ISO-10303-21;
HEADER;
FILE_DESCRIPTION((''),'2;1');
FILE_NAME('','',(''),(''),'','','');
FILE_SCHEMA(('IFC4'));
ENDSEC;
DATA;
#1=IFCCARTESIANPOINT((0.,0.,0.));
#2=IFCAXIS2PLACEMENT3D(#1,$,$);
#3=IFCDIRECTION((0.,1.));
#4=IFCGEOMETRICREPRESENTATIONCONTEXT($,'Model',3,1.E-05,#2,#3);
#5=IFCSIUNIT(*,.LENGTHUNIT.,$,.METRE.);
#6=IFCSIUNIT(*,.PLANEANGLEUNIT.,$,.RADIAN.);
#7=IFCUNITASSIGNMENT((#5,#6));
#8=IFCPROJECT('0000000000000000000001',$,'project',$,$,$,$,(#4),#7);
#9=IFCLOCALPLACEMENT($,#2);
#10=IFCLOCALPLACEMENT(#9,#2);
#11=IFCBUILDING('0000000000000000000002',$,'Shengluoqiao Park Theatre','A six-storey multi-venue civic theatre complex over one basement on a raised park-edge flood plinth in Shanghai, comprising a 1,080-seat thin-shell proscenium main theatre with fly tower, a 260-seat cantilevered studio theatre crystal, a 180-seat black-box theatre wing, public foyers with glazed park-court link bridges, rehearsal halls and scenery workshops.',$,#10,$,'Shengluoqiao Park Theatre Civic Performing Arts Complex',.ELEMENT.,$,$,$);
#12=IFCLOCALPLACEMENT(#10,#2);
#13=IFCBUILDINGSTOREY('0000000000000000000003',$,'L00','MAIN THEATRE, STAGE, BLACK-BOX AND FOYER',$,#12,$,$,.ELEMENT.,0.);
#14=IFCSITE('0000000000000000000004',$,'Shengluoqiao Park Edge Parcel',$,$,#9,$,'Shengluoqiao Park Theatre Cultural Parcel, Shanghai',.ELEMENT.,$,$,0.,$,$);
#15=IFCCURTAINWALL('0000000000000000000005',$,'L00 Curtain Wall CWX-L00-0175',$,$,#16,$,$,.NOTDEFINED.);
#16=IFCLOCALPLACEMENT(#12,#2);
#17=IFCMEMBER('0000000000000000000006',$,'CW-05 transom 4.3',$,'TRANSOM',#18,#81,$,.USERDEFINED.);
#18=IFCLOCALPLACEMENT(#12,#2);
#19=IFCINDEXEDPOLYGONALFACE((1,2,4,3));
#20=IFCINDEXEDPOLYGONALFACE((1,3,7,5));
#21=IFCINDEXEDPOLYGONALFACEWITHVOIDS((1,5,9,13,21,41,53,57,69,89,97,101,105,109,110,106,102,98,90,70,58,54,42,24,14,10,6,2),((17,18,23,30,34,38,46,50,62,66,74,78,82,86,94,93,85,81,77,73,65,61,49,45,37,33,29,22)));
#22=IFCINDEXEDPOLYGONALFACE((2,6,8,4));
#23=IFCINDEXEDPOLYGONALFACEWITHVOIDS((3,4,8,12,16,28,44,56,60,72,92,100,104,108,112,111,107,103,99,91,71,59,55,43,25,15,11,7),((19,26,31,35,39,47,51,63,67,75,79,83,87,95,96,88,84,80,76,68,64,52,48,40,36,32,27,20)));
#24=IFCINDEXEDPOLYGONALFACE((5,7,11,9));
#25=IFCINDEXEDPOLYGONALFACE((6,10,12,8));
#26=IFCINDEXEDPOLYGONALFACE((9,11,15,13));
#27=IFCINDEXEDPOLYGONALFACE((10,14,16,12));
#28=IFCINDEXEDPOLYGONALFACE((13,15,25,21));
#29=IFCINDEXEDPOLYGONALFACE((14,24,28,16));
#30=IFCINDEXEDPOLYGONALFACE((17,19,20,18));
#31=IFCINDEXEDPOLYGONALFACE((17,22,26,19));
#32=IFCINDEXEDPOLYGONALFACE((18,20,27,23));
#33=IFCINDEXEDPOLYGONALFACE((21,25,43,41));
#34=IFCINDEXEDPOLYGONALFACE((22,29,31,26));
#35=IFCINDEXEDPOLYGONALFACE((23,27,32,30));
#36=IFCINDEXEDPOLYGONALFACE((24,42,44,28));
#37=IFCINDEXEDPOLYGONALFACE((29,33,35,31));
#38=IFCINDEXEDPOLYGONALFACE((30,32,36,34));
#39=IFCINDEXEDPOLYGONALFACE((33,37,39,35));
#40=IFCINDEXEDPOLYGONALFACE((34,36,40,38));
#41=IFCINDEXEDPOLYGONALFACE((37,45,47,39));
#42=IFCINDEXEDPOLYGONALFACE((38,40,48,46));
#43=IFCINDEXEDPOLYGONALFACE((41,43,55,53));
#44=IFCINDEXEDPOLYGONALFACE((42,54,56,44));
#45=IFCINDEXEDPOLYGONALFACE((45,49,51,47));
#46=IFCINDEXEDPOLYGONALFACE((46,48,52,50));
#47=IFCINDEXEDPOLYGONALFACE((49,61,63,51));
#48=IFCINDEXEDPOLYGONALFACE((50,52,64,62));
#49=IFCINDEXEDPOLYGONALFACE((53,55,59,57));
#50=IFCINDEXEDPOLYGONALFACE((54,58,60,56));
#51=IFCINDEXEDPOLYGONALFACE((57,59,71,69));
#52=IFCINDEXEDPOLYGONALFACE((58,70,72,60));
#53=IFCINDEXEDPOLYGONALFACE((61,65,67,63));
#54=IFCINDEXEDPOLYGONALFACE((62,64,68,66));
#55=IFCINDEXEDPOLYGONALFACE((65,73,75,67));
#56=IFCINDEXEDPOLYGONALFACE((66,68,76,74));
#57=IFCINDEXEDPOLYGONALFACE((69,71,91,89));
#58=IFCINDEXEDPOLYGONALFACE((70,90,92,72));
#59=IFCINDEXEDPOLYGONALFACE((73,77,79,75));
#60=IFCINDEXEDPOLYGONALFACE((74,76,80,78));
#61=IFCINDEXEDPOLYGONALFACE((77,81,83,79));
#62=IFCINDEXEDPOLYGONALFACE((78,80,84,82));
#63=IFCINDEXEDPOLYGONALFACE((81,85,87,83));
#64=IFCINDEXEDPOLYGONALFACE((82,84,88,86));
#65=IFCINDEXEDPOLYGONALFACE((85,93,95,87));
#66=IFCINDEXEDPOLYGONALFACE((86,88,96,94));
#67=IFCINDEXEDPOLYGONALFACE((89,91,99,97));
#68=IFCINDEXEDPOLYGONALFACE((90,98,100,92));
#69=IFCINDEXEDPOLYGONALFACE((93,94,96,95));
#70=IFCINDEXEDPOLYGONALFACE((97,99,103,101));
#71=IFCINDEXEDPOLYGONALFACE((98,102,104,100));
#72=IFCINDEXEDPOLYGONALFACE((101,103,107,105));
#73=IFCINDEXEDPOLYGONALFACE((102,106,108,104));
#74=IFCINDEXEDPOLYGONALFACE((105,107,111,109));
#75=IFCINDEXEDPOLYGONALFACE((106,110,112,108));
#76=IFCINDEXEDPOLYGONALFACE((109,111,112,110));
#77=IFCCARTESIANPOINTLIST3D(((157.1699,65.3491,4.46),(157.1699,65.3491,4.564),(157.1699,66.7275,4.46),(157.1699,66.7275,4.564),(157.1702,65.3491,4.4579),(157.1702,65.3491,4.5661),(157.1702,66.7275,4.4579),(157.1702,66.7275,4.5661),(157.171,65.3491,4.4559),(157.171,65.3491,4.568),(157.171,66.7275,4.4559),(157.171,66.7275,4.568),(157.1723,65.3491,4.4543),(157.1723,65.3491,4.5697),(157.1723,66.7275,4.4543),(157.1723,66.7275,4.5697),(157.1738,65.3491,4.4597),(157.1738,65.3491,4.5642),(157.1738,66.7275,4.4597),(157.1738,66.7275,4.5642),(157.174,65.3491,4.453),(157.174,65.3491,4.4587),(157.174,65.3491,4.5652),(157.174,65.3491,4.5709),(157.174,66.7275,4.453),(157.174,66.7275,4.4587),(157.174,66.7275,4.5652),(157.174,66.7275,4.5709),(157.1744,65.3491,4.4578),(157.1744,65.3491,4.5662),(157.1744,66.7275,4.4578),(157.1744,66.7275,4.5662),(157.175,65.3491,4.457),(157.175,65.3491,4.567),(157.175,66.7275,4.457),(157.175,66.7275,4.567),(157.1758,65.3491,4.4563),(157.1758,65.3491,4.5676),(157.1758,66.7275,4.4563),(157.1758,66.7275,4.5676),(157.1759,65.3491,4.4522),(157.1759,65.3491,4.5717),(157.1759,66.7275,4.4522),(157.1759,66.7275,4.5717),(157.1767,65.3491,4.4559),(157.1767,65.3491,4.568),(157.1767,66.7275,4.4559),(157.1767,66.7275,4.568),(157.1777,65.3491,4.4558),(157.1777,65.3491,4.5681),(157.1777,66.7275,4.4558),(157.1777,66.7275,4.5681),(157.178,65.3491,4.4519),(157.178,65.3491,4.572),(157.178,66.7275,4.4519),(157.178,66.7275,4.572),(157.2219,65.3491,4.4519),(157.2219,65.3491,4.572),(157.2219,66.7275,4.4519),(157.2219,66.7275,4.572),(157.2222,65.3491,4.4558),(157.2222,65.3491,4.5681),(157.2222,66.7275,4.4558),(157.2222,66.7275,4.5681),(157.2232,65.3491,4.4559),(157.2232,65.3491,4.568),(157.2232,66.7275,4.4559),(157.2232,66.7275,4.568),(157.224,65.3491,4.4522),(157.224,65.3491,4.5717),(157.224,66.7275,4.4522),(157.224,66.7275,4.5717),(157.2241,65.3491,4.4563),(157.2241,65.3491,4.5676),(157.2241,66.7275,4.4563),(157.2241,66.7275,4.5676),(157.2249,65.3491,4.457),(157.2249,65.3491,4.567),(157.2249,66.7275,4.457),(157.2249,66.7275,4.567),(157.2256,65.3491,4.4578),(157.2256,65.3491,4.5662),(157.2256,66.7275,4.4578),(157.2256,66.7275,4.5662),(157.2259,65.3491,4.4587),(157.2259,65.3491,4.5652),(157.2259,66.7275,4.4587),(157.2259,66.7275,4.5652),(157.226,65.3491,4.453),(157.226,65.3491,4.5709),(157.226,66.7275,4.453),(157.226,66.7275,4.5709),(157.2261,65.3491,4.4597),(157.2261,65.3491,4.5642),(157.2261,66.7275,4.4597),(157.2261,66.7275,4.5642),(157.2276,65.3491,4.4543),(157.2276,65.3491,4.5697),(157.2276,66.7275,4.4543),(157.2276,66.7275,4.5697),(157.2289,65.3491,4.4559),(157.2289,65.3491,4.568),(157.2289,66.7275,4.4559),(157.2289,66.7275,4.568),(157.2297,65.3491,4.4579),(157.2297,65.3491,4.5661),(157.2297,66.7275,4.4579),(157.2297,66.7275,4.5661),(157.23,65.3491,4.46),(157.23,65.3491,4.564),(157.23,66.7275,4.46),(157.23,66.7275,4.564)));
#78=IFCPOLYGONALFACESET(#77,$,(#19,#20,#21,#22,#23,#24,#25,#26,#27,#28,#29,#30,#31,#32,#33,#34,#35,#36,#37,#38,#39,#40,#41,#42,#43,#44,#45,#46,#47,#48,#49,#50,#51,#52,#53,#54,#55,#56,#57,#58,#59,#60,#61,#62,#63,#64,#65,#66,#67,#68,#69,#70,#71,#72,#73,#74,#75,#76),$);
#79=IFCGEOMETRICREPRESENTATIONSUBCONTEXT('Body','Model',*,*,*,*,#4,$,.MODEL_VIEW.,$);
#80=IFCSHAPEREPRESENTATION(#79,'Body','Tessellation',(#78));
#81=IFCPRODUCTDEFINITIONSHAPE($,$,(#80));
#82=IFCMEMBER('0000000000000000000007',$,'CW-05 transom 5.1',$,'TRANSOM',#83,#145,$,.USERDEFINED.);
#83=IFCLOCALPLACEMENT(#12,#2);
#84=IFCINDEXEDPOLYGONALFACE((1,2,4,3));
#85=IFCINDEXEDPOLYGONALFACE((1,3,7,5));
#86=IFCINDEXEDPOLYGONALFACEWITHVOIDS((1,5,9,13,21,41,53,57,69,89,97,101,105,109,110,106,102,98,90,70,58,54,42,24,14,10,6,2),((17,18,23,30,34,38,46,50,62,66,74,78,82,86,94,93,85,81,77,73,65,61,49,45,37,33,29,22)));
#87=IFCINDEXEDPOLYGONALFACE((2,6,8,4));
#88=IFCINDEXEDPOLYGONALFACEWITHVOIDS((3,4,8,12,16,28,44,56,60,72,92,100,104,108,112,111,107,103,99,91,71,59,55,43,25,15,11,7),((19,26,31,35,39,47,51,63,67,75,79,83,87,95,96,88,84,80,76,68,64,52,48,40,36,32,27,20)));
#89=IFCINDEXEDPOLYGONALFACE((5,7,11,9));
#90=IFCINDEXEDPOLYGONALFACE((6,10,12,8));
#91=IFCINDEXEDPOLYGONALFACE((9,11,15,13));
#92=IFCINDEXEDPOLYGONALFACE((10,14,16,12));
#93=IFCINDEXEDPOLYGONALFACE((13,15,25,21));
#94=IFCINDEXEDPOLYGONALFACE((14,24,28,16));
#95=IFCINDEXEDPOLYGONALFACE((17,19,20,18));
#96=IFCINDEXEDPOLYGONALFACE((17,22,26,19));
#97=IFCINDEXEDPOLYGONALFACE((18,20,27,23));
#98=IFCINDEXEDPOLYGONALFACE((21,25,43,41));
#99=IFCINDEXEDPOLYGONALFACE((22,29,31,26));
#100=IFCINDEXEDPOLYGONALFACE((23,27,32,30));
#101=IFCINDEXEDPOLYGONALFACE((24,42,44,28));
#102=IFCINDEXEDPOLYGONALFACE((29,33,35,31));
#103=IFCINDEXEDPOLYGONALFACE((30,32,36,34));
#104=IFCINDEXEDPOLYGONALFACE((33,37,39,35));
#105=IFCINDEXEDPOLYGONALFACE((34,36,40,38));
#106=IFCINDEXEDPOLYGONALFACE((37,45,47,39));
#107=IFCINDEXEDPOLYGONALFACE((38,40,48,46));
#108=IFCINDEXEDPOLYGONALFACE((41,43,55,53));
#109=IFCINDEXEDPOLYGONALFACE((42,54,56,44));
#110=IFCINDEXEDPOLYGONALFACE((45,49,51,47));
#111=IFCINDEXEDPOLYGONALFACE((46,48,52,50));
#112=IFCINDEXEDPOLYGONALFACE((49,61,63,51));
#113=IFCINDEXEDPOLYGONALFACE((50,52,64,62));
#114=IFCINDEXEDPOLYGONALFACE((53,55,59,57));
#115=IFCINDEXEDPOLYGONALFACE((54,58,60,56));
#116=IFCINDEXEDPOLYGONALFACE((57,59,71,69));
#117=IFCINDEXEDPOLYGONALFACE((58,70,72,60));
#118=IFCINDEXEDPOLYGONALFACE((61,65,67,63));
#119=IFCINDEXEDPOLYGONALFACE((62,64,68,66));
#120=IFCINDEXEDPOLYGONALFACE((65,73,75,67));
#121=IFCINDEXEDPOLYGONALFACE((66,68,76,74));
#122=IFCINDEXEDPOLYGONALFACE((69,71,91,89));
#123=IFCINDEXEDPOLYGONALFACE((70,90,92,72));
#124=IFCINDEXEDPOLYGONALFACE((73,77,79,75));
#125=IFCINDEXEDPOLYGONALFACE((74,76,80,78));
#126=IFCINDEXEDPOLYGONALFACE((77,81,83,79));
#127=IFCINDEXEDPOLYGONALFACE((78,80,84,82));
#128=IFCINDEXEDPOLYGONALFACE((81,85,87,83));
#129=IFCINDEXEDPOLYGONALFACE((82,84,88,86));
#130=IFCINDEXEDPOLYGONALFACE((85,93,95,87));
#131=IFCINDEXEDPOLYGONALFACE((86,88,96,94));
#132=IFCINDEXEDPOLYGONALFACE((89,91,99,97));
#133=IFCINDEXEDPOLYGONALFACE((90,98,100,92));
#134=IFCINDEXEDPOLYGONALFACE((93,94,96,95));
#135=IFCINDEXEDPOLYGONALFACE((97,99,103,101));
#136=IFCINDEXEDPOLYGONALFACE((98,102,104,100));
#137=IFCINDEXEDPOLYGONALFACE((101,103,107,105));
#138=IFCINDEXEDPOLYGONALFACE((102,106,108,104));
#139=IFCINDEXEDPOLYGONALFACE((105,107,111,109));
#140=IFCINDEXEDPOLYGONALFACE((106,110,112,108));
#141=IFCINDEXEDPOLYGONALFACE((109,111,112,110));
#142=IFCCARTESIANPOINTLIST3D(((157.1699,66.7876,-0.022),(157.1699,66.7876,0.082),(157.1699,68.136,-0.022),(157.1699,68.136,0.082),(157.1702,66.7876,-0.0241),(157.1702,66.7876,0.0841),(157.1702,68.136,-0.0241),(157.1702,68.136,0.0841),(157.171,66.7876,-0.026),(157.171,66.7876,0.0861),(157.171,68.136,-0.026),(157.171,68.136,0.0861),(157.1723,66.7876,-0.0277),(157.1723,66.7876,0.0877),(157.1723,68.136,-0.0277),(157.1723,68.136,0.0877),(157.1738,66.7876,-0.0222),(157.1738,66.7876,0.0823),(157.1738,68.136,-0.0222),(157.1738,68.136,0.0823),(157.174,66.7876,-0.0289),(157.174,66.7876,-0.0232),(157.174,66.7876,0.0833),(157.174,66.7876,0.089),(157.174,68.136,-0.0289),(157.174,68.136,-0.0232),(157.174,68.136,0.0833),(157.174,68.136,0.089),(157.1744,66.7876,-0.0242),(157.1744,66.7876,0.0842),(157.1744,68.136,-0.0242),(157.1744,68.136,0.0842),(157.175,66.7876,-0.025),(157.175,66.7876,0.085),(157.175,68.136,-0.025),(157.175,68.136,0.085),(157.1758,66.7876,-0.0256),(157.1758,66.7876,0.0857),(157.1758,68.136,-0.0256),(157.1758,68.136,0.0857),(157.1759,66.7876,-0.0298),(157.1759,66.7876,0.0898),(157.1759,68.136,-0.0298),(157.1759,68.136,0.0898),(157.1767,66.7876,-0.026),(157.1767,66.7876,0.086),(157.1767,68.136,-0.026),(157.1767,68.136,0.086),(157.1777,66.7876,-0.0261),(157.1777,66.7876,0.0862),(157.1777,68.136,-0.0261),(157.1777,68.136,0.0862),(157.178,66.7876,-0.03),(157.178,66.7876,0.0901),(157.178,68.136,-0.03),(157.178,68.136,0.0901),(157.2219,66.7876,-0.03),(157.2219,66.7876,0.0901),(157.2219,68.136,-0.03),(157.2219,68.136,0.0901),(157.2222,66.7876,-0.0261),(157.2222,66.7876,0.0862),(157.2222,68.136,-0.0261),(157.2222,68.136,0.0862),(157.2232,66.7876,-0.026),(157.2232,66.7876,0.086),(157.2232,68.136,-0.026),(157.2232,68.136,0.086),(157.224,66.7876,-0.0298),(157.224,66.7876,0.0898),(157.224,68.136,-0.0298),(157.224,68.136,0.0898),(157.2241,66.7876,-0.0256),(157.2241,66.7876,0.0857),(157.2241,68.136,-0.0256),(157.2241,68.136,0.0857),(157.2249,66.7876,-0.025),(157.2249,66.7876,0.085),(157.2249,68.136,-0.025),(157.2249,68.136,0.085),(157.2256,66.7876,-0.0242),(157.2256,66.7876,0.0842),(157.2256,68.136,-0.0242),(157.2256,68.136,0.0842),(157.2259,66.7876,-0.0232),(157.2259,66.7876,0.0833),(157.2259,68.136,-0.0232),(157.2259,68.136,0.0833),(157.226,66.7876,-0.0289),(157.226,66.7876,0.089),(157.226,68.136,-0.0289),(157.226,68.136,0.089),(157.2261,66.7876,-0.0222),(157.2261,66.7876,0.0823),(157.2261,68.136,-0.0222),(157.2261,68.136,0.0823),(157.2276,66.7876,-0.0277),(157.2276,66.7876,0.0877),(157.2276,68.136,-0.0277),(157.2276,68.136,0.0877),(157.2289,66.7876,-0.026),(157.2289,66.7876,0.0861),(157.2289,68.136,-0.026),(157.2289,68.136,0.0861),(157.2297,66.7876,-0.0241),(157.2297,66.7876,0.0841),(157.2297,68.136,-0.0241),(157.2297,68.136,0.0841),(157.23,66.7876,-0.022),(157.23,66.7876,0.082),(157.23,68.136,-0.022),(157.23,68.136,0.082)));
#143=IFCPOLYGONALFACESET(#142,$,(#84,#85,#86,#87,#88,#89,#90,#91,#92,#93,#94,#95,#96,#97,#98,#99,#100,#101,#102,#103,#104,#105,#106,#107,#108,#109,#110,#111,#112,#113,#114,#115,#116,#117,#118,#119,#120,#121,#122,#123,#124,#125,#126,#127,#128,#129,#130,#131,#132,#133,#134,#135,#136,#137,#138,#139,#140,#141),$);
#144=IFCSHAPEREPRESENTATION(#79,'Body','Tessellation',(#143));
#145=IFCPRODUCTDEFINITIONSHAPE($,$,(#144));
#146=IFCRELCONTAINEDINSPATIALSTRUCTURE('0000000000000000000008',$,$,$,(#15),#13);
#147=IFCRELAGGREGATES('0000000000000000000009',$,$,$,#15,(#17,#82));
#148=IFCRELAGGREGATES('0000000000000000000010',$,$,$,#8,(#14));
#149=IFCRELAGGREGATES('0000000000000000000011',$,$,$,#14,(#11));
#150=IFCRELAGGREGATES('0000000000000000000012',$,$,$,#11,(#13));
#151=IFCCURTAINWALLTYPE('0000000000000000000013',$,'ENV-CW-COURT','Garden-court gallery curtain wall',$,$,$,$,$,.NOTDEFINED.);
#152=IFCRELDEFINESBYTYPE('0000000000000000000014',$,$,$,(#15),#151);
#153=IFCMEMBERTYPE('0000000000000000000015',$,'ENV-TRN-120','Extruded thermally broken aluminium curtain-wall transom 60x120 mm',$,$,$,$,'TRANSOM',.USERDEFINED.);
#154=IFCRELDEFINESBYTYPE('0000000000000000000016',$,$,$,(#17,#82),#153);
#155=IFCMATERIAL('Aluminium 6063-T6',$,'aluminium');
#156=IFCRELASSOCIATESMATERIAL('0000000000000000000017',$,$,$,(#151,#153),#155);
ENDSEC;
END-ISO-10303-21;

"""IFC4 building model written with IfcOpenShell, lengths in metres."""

from ifc_helpers import new_model, si_unit, direction, frame, origin, origin_2d, place, context, subcontext, project, spatial, hollow_rectangle, extrude, material, material_profile, profile_set, type_object, element, aggregate, save


model = new_model("IFC4")

# Units and contexts
model_context = context("Model", 3, precision=1e-05, world=origin(), true_north=direction((0.0, 1.0)))
body_context = subcontext(model_context, "Body", "Model", "MODEL_VIEW")
ifc_project = project(units=[si_unit("LENGTHUNIT", "METRE"), si_unit("PLANEANGLEUNIT", "RADIAN")], contexts=[model_context])

# Site, building, storey
site_placement = place(None, origin())
site = spatial("IfcSite", under=ifc_project, at=site_placement, Name="Shengluoqiao Park Edge Parcel", LongName="Shengluoqiao Park Theatre Cultural Parcel, Shanghai", CompositionType="ELEMENT", RefElevation=0.0)
building_placement = place(site_placement, origin())
building = spatial("IfcBuilding", under=site, at=building_placement, Name="Shengluoqiao Park Theatre", Description="A six-storey multi-venue civic theatre complex over one basement on a raised park-edge flood plinth in Shanghai, comprising a 1,080-seat thin-shell proscenium main theatre with fly tower, a 260-seat cantilevered studio theatre crystal, a 180-seat black-box theatre wing, public foyers with glazed park-court link bridges, rehearsal halls and scenery workshops.", LongName="Shengluoqiao Park Theatre Civic Performing Arts Complex", CompositionType="ELEMENT")
storey_placement = place(building_placement, origin())
storey = spatial("IfcBuildingStorey", under=building, at=storey_placement, Name="L00", Description="MAIN THEATRE, STAGE, BLACK-BOX AND FOYER", CompositionType="ELEMENT", Elevation=0.0)

# Curtain wall, members
ifc_material_1 = material(Name="Aluminium 6063-T6", Category="aluminium")
curtain_wall_type = type_object("IfcCurtainWallType", Name="ENV-CW-COURT", Description="Garden-court gallery curtain wall", PredefinedType="NOTDEFINED", material=ifc_material_1)
curtain_wall_placement = place(storey_placement, origin())
curtain_wall = element("IfcCurtainWall", 1, at=curtain_wall_placement, inside=storey, type_object=curtain_wall_type, Name="L00 Curtain Wall CWX-L00-0175", PredefinedType="NOTDEFINED")
ifc_material_profile_1 = material_profile(ifc_material_1, hollow_rectangle(XDim=0.0601, YDim=0.1201, WallThickness=0.0039, InnerFilletRadius=0.0039, OuterFilletRadius=0.0081, at=origin_2d()), Name="ALU TRANSOM 120x60x4")
ifc_profile_set_1 = profile_set([ifc_material_profile_1], Name="Aluminium 6063-T6")
member_type_1 = type_object("IfcMemberType", Name="ENV-TRN-120", Description="Extruded thermally broken aluminium curtain-wall transom 60x120 mm", ElementType="TRANSOM", PredefinedType="USERDEFINED", material=ifc_profile_set_1)
member_1_placement = place(storey_placement, frame((157.2, 65.3491, 4.512), z_axis=(0.0, 1.0, 0.0), x_axis=(-1.0, 0.0, 0.0)))
member_1 = element("IfcMember", 2, at=member_1_placement, type_object=member_type_1, Name="CW-05 transom 4.3", ObjectType="TRANSOM", PredefinedType="USERDEFINED", context=body_context, shape_type="SweptSolid", body=[
    extrude(hollow_rectangle(XDim=0.0601, YDim=0.1201, WallThickness=0.0039, InnerFilletRadius=0.0039, OuterFilletRadius=0.0081, at=origin_2d()), origin(), (0.0, 0.0, 1.0), 1.3784),
])
member_2_placement = place(storey_placement, frame((157.2, 66.7876, 0.03), z_axis=(0.0, 1.0, 0.0), x_axis=(-1.0, 0.0, 0.0)))
member_2 = element("IfcMember", 3, at=member_2_placement, type_object=member_type_1, Name="CW-05 transom 5.1", ObjectType="TRANSOM", PredefinedType="USERDEFINED", context=body_context, shape_type="SweptSolid", body=[
    extrude(hollow_rectangle(XDim=0.0601, YDim=0.1201, WallThickness=0.0039, InnerFilletRadius=0.0039, OuterFilletRadius=0.0081, at=origin_2d()), origin(), (0.0, 0.0, 1.0), 1.3484),
])
aggregate(curtain_wall, [member_1, member_2])

save(model, "model.ifc")
